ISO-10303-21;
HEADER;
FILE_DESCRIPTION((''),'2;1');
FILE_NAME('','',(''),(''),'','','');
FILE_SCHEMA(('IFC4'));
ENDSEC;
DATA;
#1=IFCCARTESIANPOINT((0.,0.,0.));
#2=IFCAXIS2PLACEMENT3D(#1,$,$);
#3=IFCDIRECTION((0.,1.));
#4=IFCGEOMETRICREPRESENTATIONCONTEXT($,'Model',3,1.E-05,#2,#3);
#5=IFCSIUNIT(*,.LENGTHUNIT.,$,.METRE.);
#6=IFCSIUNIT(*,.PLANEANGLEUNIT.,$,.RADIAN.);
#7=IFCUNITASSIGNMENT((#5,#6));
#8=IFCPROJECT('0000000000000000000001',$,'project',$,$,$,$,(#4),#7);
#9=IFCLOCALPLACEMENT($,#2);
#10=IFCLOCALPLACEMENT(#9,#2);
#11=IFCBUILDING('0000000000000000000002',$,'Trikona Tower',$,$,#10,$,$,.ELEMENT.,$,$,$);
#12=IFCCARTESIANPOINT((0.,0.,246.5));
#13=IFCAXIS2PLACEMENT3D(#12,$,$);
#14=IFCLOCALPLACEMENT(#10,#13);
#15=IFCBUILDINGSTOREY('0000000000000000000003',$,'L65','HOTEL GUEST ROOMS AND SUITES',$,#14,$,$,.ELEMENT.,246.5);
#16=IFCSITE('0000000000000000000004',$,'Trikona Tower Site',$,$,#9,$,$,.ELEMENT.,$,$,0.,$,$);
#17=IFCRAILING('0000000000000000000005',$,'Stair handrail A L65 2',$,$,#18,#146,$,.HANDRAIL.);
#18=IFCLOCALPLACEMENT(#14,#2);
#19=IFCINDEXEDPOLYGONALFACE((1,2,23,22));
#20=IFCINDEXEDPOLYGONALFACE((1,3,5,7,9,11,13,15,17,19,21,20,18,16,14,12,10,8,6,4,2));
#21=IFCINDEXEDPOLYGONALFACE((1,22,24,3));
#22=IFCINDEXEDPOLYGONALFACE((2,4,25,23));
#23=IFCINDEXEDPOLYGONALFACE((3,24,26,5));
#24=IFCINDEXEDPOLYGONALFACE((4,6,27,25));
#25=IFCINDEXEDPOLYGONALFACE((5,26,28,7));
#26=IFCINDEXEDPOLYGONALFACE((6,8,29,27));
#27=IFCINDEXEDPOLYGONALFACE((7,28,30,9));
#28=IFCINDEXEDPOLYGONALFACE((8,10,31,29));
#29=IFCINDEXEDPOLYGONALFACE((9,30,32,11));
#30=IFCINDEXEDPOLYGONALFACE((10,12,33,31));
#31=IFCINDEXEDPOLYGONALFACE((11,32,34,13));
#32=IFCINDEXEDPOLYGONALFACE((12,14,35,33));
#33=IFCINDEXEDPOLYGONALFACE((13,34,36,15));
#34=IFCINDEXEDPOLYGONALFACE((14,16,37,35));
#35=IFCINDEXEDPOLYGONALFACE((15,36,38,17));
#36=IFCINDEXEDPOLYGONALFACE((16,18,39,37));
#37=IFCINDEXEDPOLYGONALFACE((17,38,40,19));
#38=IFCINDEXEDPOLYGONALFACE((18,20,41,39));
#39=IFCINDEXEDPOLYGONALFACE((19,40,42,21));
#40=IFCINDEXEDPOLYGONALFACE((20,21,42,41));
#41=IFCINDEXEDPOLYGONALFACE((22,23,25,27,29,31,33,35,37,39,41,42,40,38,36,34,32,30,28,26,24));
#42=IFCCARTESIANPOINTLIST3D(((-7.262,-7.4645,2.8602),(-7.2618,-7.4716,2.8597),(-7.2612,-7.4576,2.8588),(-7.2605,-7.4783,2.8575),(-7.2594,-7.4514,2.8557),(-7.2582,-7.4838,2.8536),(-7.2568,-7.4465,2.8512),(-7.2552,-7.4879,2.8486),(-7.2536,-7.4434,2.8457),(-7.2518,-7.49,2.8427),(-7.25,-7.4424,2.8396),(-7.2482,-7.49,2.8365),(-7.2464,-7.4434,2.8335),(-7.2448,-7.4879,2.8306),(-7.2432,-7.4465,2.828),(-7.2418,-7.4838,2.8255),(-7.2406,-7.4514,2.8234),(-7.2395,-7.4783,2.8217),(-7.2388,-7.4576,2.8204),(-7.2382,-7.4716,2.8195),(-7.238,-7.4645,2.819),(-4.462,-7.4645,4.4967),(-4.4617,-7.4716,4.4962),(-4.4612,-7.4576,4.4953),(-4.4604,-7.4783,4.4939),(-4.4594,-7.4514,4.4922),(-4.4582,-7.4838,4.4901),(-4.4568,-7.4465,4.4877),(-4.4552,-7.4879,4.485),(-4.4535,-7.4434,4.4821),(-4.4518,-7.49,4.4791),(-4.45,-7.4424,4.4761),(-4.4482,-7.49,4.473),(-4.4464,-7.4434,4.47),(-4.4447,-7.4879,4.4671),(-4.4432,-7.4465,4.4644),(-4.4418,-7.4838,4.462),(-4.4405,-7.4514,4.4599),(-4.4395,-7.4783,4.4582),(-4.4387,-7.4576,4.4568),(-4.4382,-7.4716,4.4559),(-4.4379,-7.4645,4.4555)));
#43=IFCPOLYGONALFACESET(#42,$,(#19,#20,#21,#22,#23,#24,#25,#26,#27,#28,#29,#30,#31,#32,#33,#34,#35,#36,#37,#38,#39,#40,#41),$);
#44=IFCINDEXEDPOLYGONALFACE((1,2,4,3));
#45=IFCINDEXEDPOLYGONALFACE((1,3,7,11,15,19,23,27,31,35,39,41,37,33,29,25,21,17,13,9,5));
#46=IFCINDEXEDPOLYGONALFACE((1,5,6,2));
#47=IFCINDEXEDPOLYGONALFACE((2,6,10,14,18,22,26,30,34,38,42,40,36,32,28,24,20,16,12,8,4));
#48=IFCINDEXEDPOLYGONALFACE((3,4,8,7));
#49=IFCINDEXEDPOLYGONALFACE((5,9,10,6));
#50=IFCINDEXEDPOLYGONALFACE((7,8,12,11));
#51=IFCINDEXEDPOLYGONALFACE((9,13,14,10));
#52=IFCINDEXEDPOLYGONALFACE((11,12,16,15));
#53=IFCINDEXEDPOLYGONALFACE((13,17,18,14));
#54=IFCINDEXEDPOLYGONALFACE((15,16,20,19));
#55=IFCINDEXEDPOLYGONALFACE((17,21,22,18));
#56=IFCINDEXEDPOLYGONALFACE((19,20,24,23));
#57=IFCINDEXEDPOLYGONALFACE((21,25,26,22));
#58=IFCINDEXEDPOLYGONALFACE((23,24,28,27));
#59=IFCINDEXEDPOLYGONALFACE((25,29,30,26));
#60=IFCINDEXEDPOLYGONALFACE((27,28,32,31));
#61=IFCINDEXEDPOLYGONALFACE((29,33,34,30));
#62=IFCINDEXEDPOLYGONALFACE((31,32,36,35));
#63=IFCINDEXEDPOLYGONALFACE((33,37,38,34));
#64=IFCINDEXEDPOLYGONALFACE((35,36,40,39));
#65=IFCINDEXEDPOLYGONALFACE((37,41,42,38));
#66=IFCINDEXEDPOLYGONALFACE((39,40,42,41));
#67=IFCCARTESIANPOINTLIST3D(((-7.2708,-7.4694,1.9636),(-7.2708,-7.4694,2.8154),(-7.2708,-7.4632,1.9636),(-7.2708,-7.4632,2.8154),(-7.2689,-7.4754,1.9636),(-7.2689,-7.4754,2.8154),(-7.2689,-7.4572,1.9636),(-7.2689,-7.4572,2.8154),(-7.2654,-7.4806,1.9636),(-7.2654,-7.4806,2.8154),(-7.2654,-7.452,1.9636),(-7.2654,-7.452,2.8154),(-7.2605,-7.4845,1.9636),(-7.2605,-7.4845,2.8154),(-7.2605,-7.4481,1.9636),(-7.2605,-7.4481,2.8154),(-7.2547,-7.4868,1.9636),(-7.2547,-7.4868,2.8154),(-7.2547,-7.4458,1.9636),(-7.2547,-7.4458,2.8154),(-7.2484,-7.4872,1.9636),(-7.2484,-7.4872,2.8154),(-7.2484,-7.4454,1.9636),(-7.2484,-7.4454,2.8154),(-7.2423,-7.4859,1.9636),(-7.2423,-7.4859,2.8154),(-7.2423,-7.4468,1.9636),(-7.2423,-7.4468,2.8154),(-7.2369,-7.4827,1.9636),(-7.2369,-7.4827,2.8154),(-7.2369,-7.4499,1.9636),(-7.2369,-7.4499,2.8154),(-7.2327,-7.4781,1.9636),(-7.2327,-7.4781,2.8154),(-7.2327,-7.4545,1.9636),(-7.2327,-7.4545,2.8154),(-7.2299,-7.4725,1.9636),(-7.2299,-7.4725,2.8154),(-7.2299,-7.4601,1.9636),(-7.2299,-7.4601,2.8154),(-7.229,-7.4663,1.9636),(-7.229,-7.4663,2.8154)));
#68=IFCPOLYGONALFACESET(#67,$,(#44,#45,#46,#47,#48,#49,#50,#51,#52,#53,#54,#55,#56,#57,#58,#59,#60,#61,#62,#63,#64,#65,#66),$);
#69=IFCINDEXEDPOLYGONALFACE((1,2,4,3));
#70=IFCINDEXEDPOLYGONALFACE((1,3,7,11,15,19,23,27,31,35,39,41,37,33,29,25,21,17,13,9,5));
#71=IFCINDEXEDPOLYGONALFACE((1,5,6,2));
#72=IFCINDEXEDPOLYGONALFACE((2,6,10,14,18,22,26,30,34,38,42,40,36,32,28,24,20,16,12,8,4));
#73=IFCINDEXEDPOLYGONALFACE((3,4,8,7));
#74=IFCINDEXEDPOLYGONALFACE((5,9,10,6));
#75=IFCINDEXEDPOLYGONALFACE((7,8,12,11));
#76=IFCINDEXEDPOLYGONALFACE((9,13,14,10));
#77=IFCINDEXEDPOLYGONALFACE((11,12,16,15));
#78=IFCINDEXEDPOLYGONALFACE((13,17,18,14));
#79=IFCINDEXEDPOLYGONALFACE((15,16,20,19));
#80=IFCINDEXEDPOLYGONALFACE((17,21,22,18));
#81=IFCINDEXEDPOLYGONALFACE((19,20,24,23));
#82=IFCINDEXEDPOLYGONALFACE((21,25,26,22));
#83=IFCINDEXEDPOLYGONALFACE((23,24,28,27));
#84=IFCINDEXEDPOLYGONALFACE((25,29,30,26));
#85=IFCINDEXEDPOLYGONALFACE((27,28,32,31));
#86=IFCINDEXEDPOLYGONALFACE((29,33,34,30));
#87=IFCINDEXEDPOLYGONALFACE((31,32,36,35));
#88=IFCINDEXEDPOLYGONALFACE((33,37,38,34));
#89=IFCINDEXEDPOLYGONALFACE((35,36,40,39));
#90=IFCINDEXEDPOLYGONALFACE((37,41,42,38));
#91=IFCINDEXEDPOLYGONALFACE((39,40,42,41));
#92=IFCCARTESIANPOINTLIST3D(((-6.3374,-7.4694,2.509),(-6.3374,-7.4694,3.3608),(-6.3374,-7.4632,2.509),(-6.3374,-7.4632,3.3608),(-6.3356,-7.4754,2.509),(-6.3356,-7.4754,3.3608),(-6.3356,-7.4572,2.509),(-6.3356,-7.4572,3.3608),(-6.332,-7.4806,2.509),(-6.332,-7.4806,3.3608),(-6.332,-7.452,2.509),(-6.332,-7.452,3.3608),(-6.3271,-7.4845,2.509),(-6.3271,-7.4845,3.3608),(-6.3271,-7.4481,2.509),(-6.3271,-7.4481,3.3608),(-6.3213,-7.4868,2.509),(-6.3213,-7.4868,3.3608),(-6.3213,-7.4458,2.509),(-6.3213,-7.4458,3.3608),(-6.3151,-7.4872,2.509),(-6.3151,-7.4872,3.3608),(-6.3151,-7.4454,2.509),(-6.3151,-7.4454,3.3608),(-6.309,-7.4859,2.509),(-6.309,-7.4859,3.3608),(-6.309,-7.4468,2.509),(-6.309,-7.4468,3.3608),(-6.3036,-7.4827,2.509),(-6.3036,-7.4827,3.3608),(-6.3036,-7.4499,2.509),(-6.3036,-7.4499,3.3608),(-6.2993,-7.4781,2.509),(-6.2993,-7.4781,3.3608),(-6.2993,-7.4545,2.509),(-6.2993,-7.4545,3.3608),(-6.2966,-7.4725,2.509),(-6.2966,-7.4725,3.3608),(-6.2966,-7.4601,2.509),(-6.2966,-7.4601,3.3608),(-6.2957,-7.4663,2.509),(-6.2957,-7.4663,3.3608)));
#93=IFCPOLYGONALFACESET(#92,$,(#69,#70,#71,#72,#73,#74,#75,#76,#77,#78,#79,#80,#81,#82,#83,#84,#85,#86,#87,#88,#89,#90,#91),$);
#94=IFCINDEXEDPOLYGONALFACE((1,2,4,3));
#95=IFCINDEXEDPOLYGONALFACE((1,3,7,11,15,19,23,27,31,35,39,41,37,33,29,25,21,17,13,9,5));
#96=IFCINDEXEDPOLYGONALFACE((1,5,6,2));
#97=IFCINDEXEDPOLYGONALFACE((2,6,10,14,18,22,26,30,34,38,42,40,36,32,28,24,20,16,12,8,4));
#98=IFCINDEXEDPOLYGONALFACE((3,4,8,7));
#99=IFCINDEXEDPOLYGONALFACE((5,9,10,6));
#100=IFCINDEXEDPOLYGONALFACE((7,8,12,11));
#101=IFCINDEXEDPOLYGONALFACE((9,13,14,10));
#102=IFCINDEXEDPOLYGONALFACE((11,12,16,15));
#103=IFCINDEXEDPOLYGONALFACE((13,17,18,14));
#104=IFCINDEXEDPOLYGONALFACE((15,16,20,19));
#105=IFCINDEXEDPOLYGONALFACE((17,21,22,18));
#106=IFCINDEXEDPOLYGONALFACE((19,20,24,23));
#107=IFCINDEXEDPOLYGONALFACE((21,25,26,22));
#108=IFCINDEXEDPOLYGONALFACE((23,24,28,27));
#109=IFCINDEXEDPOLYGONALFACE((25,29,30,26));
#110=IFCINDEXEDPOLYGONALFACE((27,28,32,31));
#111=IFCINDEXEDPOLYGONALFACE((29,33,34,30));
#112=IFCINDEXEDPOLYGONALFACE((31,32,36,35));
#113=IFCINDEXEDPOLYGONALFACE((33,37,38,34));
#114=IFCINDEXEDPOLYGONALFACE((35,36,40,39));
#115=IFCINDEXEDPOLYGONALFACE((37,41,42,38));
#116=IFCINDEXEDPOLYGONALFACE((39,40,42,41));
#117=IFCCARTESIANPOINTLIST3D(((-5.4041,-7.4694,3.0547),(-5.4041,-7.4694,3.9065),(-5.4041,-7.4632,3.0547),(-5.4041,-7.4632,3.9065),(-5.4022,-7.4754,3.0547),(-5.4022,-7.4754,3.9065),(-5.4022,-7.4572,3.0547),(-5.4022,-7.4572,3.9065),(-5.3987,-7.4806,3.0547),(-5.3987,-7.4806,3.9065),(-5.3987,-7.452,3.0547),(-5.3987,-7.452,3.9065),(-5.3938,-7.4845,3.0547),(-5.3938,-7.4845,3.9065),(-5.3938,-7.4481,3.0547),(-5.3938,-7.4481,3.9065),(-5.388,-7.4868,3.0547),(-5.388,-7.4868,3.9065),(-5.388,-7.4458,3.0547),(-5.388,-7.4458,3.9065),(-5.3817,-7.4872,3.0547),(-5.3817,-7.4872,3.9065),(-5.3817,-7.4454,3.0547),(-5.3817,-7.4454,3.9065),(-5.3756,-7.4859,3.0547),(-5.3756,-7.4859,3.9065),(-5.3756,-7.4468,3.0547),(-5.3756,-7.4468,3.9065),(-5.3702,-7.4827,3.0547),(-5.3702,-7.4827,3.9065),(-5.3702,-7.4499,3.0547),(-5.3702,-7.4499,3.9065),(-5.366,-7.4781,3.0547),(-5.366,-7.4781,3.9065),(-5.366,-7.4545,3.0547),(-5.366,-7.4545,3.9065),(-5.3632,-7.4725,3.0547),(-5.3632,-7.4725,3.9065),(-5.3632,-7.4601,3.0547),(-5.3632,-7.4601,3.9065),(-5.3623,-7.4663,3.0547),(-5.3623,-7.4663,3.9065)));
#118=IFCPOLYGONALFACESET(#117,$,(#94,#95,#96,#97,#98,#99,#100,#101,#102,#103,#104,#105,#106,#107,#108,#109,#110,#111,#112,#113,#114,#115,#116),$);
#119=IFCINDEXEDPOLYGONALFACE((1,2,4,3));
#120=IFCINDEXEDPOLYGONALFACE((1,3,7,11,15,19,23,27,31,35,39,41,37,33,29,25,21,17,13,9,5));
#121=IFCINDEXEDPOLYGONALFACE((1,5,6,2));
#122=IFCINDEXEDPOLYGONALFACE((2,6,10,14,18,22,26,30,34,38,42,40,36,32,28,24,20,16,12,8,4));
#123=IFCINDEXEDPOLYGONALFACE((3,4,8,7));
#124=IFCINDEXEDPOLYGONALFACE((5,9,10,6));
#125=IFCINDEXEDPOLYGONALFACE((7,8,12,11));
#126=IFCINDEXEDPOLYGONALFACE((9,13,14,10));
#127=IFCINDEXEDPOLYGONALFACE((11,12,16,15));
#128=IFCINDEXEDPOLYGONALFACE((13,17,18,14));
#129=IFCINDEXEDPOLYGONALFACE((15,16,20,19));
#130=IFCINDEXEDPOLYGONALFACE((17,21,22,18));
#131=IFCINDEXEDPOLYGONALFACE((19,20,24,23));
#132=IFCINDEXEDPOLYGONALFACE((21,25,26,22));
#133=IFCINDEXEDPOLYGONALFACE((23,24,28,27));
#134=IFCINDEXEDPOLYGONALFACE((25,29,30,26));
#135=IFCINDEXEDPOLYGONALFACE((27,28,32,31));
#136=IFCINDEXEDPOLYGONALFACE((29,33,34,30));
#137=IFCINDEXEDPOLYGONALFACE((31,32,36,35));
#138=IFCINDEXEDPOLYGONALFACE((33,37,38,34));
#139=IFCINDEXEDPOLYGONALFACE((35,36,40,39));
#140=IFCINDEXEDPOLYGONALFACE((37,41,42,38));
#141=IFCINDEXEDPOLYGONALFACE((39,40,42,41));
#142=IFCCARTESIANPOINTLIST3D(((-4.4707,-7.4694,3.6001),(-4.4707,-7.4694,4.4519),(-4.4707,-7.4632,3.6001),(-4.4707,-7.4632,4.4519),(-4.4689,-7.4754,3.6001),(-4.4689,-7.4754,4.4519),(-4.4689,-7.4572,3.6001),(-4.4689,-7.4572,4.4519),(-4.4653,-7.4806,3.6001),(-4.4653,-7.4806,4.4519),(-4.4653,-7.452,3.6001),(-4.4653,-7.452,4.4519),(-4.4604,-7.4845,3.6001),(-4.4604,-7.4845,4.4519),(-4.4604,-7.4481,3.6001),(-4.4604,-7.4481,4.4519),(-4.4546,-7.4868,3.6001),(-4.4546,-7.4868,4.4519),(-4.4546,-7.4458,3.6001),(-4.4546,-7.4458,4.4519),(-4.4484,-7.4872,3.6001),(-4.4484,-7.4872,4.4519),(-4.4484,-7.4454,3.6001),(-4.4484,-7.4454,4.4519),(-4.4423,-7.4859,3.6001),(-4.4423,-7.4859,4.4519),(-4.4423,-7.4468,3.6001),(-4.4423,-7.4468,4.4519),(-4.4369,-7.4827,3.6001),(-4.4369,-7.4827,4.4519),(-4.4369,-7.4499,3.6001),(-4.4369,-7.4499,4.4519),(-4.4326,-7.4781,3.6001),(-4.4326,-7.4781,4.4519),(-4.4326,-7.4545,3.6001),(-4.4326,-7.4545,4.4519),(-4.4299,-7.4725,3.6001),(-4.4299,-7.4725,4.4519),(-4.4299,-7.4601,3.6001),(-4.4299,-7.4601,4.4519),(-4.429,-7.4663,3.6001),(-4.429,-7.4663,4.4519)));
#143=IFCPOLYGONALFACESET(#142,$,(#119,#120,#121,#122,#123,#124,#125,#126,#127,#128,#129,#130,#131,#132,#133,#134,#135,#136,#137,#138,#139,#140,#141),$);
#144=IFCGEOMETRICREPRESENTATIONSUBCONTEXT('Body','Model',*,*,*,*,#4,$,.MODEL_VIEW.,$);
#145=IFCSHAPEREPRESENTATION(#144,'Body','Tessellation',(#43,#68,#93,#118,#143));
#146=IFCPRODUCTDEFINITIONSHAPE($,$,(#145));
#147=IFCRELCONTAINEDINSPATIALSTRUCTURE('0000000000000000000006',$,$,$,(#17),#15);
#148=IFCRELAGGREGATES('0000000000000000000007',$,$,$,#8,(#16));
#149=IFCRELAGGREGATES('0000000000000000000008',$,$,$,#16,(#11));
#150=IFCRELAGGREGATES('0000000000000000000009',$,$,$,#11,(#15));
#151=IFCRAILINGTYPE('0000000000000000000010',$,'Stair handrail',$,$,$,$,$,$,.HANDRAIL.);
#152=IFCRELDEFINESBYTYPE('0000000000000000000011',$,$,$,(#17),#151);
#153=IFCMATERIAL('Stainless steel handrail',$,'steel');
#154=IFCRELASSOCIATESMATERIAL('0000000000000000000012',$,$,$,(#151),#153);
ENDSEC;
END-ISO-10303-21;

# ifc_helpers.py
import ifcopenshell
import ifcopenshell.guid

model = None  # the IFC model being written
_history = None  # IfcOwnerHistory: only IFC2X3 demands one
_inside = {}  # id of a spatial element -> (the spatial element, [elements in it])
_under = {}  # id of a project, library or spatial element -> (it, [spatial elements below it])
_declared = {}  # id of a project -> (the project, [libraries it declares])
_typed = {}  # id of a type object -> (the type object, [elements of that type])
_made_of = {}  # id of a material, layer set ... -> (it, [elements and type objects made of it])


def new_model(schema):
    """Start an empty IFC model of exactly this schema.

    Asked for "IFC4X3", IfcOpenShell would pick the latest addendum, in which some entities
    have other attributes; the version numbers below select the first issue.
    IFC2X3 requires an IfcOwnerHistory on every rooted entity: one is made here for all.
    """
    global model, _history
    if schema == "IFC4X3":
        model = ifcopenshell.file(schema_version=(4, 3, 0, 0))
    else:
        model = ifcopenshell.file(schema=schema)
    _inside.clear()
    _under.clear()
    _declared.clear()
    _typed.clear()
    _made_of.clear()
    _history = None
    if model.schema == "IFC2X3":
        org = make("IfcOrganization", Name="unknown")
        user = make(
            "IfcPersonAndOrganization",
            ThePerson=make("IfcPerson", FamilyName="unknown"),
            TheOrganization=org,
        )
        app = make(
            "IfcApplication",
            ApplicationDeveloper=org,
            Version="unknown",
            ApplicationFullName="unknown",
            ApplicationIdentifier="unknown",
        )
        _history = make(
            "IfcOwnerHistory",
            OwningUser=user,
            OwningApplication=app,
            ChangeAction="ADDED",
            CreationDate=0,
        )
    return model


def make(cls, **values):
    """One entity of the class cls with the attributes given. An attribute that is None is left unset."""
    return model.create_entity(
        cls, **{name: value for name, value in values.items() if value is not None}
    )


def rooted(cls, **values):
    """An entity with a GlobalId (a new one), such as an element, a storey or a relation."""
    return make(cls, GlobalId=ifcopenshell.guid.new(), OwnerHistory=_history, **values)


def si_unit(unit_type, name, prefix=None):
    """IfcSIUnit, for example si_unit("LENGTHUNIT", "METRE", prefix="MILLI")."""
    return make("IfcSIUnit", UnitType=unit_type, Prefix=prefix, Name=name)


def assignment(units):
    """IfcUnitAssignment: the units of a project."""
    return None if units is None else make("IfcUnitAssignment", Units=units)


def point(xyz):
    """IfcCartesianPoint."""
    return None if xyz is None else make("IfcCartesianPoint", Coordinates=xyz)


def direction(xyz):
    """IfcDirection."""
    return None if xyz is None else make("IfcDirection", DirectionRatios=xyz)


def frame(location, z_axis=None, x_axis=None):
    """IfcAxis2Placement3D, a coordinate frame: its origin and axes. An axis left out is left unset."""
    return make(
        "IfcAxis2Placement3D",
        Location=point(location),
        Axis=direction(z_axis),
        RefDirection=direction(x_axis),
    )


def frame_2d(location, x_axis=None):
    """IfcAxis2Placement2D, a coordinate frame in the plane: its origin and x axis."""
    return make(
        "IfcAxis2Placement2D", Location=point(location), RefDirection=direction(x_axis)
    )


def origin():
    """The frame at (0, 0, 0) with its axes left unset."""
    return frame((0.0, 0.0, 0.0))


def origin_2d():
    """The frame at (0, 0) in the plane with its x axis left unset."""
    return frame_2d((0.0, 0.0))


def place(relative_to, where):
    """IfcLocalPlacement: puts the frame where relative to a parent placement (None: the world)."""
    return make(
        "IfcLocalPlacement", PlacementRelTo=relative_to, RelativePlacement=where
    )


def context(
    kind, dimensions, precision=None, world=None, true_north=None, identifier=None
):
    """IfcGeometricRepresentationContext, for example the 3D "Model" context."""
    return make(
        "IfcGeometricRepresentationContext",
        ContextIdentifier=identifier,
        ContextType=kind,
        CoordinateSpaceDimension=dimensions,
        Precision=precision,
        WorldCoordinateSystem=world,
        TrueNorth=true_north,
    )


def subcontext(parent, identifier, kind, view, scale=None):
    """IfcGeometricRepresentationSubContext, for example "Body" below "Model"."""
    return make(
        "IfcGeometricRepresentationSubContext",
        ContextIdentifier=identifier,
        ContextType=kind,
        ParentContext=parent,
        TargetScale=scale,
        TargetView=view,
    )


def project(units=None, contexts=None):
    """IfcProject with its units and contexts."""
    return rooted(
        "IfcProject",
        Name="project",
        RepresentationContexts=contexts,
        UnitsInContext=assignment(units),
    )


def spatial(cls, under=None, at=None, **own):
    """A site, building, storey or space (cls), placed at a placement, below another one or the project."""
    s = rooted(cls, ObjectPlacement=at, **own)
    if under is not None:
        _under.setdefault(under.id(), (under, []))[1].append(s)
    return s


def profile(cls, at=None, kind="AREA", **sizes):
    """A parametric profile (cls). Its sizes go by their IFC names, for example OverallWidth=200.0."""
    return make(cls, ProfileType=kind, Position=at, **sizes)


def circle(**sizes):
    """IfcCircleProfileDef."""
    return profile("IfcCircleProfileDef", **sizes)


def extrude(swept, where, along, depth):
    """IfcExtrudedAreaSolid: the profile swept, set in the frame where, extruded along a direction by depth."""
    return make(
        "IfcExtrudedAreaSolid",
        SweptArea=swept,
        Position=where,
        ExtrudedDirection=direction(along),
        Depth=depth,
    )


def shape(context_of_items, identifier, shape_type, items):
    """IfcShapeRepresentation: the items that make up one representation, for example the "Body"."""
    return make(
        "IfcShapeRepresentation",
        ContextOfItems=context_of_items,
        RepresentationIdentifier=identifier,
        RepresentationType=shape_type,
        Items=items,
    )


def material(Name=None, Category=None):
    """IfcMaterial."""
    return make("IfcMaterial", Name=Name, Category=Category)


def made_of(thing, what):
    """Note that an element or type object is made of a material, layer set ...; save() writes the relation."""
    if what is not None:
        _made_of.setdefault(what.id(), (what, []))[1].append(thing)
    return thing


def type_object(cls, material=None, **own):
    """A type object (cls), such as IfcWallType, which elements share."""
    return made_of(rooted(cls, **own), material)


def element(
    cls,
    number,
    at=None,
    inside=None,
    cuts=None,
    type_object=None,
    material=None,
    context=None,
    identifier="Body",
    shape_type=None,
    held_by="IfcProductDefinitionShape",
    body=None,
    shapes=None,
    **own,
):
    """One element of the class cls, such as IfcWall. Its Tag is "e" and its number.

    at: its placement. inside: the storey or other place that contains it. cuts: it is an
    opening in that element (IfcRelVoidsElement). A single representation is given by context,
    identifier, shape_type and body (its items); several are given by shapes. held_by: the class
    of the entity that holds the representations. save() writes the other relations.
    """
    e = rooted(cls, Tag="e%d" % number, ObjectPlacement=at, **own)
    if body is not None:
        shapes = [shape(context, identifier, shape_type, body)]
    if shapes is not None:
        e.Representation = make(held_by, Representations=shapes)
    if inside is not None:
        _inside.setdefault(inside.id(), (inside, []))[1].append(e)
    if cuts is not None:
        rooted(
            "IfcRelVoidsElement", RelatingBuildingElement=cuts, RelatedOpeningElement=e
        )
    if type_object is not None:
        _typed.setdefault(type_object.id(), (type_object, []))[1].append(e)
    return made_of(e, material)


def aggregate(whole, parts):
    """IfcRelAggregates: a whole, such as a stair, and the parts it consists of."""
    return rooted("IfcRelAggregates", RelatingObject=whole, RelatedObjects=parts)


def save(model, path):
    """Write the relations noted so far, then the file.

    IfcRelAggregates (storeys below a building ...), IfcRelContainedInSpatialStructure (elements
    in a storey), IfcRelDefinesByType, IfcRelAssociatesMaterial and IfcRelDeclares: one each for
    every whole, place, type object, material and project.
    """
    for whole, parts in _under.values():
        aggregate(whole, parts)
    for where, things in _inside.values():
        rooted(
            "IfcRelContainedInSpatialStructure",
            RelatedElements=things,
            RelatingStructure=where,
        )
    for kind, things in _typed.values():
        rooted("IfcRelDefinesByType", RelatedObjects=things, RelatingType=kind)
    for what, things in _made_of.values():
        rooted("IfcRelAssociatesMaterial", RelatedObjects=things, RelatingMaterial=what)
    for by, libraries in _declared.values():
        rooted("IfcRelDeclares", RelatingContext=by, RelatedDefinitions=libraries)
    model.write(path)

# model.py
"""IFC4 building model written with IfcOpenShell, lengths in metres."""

from ifc_helpers import new_model, si_unit, direction, frame, origin, origin_2d, place, context, subcontext, project, spatial, circle, extrude, material, type_object, element, save


model = new_model("IFC4")

# Units and contexts
model_context = context("Model", 3, precision=1e-05, world=origin(), true_north=direction((0.0, 1.0)))
body_context = subcontext(model_context, "Body", "Model", "MODEL_VIEW")
ifc_project = project(units=[si_unit("LENGTHUNIT", "METRE"), si_unit("PLANEANGLEUNIT", "RADIAN")], contexts=[model_context])

# Site, building, storey
site_placement = place(None, origin())
site = spatial("IfcSite", under=ifc_project, at=site_placement, Name="Trikona Tower Site", CompositionType="ELEMENT", RefElevation=0.0)
building_placement = place(site_placement, origin())
building = spatial("IfcBuilding", under=site, at=building_placement, Name="Trikona Tower", CompositionType="ELEMENT")
storey_placement = place(building_placement, frame((0.0, 0.0, 246.5)))
storey = spatial("IfcBuildingStorey", under=building, at=storey_placement, Name="L65", Description="HOTEL GUEST ROOMS AND SUITES", CompositionType="ELEMENT", Elevation=246.5)

# Railing
ifc_material_1 = material(Name="Stainless steel handrail", Category="steel")
railing_type = type_object("IfcRailingType", Name="Stair handrail", PredefinedType="HANDRAIL", material=ifc_material_1)
railing_1_placement = place(storey_placement, frame((-7.25, -7.4663, 1.9636)))
element("IfcRailing", 1, at=railing_1_placement, inside=storey, type_object=railing_type, Name="Stair handrail A L65 2", PredefinedType="HANDRAIL", context=body_context, shape_type="SweptSolid", body=[
    extrude(circle(Radius=0.0239, at=origin_2d()), frame((0.0, 0.0, 0.876), z_axis=(0.863361, 0.0, 0.504587), x_axis=(0.0, 1.0, 0.0)), (0.0, 0.0, 1.0), 3.2432),
    extrude(circle(Radius=0.021, at=origin_2d()), origin(), (0.0, 0.0, 1.0), 0.8518),
    extrude(circle(Radius=0.021, at=origin_2d()), frame((0.9333, 0.0, 0.5454)), (0.0, 0.0, 1.0), 0.8518),
    extrude(circle(Radius=0.021, at=origin_2d()), frame((1.8667, 0.0, 1.0911)), (0.0, 0.0, 1.0), 0.8518),
    extrude(circle(Radius=0.021, at=origin_2d()), frame((2.8, 0.0, 1.6365)), (0.0, 0.0, 1.0), 0.8518),
])

save(model, "model.ifc")
